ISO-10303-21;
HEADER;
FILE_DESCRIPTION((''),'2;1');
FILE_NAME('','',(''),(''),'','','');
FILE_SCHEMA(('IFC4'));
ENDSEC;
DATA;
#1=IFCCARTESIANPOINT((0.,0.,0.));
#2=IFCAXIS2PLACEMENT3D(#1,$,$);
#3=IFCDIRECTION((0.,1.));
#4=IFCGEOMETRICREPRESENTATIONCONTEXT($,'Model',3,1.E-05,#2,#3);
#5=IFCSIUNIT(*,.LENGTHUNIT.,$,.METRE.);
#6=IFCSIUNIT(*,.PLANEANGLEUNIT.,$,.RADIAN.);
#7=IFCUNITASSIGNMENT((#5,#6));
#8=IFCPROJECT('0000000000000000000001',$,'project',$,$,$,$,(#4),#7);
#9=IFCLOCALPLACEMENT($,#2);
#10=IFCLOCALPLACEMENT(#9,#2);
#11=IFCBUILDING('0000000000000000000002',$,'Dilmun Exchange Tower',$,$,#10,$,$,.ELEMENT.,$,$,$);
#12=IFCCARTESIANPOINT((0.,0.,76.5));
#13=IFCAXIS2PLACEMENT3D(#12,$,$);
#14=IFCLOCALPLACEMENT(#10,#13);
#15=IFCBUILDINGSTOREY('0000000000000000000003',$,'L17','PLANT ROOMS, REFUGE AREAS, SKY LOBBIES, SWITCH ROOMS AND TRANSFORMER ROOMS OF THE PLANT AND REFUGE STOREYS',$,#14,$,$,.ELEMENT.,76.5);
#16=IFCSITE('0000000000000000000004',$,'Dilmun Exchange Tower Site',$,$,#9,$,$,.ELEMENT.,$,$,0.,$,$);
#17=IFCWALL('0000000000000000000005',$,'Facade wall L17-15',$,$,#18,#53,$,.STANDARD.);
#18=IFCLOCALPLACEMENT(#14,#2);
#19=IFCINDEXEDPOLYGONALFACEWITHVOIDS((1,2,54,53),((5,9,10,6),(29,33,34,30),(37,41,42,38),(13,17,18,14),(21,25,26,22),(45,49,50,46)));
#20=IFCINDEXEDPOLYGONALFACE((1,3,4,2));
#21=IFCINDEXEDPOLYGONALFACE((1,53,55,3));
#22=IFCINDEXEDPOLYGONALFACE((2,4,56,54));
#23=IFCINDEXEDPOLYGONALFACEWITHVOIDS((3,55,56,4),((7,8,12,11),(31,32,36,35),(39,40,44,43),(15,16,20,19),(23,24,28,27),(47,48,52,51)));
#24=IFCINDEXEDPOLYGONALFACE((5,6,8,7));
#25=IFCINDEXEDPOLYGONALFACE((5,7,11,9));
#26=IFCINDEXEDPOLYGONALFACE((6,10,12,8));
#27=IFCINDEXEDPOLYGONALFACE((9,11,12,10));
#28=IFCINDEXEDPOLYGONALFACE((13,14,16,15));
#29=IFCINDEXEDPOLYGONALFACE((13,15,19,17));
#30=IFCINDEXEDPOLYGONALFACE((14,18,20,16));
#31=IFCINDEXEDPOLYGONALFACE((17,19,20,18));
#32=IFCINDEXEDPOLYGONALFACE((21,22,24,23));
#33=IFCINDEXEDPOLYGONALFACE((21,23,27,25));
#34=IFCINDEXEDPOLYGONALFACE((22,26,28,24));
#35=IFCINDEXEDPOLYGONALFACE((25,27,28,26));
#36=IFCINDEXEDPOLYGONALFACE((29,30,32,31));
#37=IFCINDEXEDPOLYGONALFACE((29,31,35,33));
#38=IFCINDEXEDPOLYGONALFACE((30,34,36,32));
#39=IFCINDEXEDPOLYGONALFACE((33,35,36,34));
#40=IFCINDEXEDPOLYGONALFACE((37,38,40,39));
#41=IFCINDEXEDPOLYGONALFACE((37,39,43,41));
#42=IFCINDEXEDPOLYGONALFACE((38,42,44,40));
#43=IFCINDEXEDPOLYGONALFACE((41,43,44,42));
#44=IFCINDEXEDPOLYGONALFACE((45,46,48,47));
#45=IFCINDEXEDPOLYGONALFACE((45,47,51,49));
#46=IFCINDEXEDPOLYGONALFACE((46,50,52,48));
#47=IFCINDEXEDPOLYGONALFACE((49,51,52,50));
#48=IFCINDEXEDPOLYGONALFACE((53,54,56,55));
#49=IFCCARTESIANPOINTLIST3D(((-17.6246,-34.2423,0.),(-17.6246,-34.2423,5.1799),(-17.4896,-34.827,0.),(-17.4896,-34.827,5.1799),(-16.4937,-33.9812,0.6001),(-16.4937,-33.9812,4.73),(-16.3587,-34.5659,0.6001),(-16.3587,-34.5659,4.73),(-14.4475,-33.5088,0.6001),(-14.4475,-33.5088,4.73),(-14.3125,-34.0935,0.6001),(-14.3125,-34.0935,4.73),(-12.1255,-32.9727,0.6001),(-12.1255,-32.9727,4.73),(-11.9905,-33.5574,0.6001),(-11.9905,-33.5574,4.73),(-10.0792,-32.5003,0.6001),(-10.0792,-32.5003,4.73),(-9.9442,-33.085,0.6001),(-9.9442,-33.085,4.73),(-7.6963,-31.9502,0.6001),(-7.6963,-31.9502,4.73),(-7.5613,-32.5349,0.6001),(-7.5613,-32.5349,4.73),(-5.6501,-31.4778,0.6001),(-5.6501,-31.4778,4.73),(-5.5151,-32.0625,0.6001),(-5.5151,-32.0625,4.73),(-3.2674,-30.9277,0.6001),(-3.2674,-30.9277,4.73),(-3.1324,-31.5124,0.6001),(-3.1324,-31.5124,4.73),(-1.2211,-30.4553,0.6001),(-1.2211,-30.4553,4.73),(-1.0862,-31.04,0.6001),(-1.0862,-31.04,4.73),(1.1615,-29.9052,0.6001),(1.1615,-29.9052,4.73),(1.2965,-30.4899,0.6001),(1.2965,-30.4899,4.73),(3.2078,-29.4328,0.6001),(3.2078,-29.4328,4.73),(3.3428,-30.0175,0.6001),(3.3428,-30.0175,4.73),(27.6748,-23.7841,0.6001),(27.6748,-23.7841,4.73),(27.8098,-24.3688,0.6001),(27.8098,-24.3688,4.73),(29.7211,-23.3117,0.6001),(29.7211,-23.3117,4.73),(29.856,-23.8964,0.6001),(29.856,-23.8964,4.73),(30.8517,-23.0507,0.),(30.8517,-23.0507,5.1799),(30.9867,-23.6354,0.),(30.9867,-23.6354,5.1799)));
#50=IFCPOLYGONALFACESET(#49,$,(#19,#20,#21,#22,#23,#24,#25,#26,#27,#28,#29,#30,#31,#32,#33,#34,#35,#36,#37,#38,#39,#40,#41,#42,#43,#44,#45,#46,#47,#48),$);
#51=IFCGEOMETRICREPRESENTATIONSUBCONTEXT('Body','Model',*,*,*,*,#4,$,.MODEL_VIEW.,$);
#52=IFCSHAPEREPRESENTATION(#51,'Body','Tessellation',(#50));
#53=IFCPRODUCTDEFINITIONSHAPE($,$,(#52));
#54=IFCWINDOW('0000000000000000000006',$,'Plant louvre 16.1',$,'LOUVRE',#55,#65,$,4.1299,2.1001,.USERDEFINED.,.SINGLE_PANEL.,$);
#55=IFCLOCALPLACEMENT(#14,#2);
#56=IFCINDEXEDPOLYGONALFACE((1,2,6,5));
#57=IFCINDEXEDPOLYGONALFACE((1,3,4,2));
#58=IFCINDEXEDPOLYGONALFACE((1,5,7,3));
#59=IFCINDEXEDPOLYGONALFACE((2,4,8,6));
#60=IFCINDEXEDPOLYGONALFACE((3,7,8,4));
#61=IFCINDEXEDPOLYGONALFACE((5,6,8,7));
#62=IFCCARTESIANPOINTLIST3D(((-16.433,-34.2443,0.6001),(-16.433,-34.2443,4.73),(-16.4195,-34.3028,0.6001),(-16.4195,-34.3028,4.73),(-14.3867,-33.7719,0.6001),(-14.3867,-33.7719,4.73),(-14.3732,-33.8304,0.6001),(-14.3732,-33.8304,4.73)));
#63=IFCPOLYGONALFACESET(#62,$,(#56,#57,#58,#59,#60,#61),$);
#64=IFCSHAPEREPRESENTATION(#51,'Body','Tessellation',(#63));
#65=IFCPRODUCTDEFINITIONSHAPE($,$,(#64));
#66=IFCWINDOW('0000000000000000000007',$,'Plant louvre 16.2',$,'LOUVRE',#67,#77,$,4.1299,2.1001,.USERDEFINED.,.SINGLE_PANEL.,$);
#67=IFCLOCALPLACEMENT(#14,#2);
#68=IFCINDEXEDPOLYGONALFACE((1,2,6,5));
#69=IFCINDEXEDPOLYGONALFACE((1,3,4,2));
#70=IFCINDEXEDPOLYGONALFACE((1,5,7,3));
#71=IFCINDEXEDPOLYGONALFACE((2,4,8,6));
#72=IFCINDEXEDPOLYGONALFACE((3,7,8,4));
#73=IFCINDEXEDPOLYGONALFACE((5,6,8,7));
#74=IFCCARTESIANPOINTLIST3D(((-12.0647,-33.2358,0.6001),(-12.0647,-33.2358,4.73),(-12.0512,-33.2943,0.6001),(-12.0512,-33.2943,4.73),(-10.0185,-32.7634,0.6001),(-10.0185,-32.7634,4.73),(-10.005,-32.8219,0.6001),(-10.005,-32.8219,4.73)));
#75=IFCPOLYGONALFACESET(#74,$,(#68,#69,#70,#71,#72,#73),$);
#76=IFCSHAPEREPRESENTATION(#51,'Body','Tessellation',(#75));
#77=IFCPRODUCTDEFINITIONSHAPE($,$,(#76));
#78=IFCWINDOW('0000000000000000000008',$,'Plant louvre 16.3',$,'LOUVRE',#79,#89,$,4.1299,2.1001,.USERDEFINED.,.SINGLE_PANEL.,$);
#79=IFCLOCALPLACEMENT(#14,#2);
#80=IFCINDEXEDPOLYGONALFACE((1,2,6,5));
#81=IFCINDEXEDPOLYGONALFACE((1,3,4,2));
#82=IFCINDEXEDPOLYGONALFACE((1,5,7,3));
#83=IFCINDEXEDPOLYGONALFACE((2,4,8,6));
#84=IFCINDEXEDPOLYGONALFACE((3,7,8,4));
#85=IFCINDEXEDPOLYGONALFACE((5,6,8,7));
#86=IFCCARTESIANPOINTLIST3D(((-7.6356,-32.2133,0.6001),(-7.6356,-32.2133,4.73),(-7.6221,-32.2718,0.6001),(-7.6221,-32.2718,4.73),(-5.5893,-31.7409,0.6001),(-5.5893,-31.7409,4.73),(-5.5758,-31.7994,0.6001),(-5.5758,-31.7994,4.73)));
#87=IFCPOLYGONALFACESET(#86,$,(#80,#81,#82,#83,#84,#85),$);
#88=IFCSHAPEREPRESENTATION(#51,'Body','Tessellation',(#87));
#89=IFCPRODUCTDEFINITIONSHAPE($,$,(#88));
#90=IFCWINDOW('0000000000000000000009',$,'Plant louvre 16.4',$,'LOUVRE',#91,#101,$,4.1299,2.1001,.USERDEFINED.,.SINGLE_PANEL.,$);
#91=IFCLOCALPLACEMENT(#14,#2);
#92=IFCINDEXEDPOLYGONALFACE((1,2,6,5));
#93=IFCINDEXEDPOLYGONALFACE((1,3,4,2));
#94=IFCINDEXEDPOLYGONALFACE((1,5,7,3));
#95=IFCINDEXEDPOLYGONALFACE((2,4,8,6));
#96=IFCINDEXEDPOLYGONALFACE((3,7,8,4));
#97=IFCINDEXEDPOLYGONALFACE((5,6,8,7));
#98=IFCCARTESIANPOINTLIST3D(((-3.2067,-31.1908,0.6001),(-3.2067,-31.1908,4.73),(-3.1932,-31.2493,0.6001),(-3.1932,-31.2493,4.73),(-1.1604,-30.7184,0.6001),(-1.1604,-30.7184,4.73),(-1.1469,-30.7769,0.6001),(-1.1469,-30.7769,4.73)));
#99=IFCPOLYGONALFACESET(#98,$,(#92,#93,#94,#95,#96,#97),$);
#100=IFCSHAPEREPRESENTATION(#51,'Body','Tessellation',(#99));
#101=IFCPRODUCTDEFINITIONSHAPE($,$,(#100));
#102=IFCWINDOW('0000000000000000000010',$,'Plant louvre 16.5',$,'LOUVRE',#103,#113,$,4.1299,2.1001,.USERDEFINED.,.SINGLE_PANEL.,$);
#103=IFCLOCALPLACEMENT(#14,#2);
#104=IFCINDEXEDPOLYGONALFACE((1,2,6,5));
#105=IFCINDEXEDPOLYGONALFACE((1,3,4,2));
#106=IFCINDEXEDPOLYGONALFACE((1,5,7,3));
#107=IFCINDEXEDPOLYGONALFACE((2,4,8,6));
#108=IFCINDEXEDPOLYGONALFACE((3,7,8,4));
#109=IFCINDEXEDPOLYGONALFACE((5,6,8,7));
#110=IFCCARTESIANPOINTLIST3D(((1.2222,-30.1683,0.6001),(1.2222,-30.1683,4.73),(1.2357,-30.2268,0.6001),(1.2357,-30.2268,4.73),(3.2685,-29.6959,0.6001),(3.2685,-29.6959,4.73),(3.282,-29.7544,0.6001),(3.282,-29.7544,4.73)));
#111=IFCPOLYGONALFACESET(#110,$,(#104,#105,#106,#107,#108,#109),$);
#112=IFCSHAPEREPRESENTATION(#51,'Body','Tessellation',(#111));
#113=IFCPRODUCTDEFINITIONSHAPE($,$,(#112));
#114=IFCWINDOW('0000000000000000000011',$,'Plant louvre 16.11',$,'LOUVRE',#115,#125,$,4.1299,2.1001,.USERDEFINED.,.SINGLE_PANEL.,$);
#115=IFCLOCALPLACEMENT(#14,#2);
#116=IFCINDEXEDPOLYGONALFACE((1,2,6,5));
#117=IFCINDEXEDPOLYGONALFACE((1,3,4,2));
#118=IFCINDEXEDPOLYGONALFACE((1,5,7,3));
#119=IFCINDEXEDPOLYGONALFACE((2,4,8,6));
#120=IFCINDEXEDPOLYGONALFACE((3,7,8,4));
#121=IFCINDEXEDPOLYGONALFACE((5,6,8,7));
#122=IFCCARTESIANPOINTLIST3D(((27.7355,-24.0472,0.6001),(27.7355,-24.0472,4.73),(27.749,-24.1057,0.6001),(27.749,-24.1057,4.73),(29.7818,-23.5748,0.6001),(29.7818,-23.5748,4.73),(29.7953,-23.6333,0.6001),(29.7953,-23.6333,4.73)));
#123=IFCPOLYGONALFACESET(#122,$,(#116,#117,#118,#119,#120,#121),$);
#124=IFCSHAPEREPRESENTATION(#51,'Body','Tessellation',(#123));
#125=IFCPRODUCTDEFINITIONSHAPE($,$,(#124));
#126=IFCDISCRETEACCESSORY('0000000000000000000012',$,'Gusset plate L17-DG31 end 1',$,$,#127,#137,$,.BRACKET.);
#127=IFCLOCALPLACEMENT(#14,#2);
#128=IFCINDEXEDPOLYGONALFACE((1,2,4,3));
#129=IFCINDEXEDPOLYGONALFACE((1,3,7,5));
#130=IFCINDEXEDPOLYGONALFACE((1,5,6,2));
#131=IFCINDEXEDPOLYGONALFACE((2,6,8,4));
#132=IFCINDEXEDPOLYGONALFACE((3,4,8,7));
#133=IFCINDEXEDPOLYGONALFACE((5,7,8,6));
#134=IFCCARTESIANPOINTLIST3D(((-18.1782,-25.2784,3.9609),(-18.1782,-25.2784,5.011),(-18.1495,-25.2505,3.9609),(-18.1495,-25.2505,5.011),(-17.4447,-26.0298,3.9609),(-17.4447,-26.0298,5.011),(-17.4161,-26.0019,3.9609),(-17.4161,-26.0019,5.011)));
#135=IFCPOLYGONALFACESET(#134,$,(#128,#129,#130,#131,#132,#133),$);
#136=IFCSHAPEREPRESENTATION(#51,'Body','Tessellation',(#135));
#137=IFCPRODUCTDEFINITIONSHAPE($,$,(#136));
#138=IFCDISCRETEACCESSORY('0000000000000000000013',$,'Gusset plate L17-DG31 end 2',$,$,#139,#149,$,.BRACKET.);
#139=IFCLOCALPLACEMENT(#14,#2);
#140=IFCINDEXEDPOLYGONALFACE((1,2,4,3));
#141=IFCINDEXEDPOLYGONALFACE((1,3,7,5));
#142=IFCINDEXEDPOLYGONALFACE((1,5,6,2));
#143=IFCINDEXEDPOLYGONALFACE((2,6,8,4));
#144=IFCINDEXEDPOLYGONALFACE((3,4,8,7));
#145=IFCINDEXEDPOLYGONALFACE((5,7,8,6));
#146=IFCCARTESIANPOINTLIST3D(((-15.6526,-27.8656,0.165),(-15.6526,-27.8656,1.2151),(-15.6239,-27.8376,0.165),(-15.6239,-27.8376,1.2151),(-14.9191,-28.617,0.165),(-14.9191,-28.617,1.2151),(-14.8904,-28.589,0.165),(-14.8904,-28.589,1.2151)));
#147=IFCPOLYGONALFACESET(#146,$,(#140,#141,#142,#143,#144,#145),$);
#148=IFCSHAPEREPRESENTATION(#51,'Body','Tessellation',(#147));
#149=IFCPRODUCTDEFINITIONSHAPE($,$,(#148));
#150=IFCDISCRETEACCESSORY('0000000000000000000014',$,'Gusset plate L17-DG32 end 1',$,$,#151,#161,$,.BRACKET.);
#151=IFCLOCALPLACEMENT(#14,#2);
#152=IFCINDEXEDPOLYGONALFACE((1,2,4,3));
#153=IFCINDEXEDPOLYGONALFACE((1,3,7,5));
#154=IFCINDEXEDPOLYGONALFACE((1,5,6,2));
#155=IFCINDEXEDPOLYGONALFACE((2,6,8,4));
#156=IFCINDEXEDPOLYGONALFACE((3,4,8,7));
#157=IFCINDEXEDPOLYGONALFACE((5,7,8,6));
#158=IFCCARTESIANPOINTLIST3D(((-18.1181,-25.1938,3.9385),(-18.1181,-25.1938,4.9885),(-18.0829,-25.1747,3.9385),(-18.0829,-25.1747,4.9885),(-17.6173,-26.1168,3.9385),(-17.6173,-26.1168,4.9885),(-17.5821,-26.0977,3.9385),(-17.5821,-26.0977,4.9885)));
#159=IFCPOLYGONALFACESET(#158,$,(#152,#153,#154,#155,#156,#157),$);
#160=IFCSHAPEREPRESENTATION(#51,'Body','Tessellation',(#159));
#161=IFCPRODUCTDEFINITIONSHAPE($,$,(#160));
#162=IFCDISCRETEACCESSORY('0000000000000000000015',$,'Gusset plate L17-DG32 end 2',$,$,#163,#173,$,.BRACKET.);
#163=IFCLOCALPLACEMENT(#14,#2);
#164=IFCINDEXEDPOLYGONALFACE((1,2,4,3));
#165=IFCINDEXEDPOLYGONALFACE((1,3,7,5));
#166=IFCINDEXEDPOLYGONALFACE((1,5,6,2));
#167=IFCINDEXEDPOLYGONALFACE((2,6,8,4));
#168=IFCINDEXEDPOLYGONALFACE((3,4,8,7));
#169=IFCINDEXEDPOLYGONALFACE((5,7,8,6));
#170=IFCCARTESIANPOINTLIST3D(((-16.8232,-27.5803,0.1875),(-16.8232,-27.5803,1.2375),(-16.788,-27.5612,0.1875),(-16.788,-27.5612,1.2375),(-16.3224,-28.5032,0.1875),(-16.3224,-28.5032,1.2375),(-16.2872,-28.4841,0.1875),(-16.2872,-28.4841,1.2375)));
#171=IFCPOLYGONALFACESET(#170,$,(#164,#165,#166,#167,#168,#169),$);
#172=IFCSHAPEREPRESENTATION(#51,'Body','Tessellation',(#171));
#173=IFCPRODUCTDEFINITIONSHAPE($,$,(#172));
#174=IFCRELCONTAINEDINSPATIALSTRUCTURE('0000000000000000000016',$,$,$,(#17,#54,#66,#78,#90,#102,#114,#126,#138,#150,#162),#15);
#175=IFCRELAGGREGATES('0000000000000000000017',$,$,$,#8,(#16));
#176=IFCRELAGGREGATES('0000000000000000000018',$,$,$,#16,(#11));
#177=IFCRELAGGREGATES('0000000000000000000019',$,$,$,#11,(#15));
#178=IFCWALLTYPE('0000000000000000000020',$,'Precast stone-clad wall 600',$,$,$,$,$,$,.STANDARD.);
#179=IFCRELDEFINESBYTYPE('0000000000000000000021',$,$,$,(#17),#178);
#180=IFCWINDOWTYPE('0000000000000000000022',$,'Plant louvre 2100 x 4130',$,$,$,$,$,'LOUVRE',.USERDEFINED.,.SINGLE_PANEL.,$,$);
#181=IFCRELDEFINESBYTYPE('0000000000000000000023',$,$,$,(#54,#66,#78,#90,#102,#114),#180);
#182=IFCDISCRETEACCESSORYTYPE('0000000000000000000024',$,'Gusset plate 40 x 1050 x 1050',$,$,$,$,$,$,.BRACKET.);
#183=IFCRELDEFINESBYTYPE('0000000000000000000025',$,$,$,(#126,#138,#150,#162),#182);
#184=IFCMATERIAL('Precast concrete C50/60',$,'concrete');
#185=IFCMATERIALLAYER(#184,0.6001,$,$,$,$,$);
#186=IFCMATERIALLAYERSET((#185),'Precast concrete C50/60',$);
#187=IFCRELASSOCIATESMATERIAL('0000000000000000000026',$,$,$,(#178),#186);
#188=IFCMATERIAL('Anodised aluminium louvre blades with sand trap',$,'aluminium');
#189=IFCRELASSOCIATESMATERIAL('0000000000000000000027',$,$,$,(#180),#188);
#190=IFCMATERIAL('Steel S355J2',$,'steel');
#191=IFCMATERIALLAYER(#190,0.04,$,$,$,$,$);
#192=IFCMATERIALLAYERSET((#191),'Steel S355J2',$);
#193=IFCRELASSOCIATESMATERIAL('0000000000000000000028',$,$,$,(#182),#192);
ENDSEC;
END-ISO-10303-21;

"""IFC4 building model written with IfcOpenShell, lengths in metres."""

from ifc_helpers import new_model, si_unit, direction, frame, frame_2d, origin, origin_2d, place, context, subcontext, project, spatial, rectangle, extrude, material, layer, layer_set, type_object, element, fill, save


model = new_model("IFC4")

# Units and contexts
model_context = context("Model", 3, precision=1e-05, world=origin(), true_north=direction((0.0, 1.0)))
body_context = subcontext(model_context, "Body", "Model", "MODEL_VIEW")
ifc_project = project(units=[si_unit("LENGTHUNIT", "METRE"), si_unit("PLANEANGLEUNIT", "RADIAN")], contexts=[model_context])

# Site, building, storey
site_placement = place(None, origin())
site = spatial("IfcSite", under=ifc_project, at=site_placement, Name="Dilmun Exchange Tower Site", CompositionType="ELEMENT", RefElevation=0.0)
building_placement = place(site_placement, origin())
building = spatial("IfcBuilding", under=site, at=building_placement, Name="Dilmun Exchange Tower", CompositionType="ELEMENT")
storey_placement = place(building_placement, frame((0.0, 0.0, 76.5)))
storey = spatial("IfcBuildingStorey", under=building, at=storey_placement, Name="L17", Description="PLANT ROOMS, REFUGE AREAS, SKY LOBBIES, SWITCH ROOMS AND TRANSFORMER ROOMS OF THE PLANT AND REFUGE STOREYS", CompositionType="ELEMENT", Elevation=76.5)

# Shared definitions
ifc_material_1 = material(Name="Precast concrete C50/60", Category="concrete")
ifc_layer_1 = layer(ifc_material_1, 0.6001)
ifc_layer_set_1 = layer_set([ifc_layer_1], Name="Precast concrete C50/60")
wall_type_1 = type_object("IfcWallType", Name="Precast stone-clad wall 600", PredefinedType="STANDARD", material=ifc_layer_set_1)

# Wall, openings, windows
wall_1_placement = place(storey_placement, frame((-17.5571, -34.5347, 0.0), z_axis=(0.0, 0.0, 1.0), x_axis=(0.97437, 0.224951, 0.0)))
wall_1 = element("IfcWall", 1, at=wall_1_placement, inside=storey, type_object=wall_type_1, Name="Facade wall L17-15", PredefinedType="STANDARD", context=body_context, shape_type="SweptSolid", body=[
    extrude(rectangle(XDim=49.7515, YDim=0.6001, at=frame_2d((24.8757, 0.0))), origin(), (0.0, 0.0, 1.0), 5.1799),
])
opening_1_placement = place(wall_1_placement, frame((1.1606, 0.0, 0.6001)))
opening_1 = element("IfcOpeningElement", 2, at=opening_1_placement, cuts=wall_1, PredefinedType="OPENING", context=body_context, shape_type="SweptSolid", body=[
    extrude(rectangle(XDim=2.1001, YDim=4.1299, at=frame_2d((1.05, 2.0649))), frame((0.0, 0.3101, 0.0), z_axis=(0.0, -1.0, 0.0), x_axis=(1.0, 0.0, 0.0)), (0.0, 0.0, 1.0), 0.6201),
])
opening_2_placement = place(wall_1_placement, frame((5.6438, 0.0, 0.6001)))
opening_2 = element("IfcOpeningElement", 3, at=opening_2_placement, cuts=wall_1, PredefinedType="OPENING", context=body_context, shape_type="SweptSolid", body=[
    extrude(rectangle(XDim=2.1001, YDim=4.1299, at=frame_2d((1.05, 2.0649))), frame((0.0, 0.3101, 0.0), z_axis=(0.0, -1.0, 0.0), x_axis=(1.0, 0.0, 0.0)), (0.0, 0.0, 1.0), 0.6201),
])
opening_3_placement = place(wall_1_placement, frame((10.1895, 0.0, 0.6001)))
opening_3 = element("IfcOpeningElement", 4, at=opening_3_placement, cuts=wall_1, PredefinedType="OPENING", context=body_context, shape_type="SweptSolid", body=[
    extrude(rectangle(XDim=2.1001, YDim=4.1299, at=frame_2d((1.05, 2.0649))), frame((0.0, 0.3101, 0.0), z_axis=(0.0, -1.0, 0.0), x_axis=(1.0, 0.0, 0.0)), (0.0, 0.0, 1.0), 0.6201),
])
opening_4_placement = place(wall_1_placement, frame((14.7349, 0.0, 0.6001)))
opening_4 = element("IfcOpeningElement", 5, at=opening_4_placement, cuts=wall_1, PredefinedType="OPENING", context=body_context, shape_type="SweptSolid", body=[
    extrude(rectangle(XDim=2.1001, YDim=4.1299, at=frame_2d((1.05, 2.0649))), frame((0.0, 0.3101, 0.0), z_axis=(0.0, -1.0, 0.0), x_axis=(1.0, 0.0, 0.0)), (0.0, 0.0, 1.0), 0.6201),
])
opening_5_placement = place(wall_1_placement, frame((19.2803, 0.0, 0.6001)))
opening_5 = element("IfcOpeningElement", 6, at=opening_5_placement, cuts=wall_1, PredefinedType="OPENING", context=body_context, shape_type="SweptSolid", body=[
    extrude(rectangle(XDim=2.1001, YDim=4.1299, at=frame_2d((1.05, 2.0649))), frame((0.0, 0.3101, 0.0), z_axis=(0.0, -1.0, 0.0), x_axis=(1.0, 0.0, 0.0)), (0.0, 0.0, 1.0), 0.6201),
])
opening_6_placement = place(wall_1_placement, frame((46.491, 0.0, 0.6001)))
opening_6 = element("IfcOpeningElement", 7, at=opening_6_placement, cuts=wall_1, PredefinedType="OPENING", context=body_context, shape_type="SweptSolid", body=[
    extrude(rectangle(XDim=2.1001, YDim=4.1299, at=frame_2d((1.05, 2.0649))), frame((0.0, 0.3101, 0.0), z_axis=(0.0, -1.0, 0.0), x_axis=(1.0, 0.0, 0.0)), (0.0, 0.0, 1.0), 0.6201),
])
ifc_material_2 = material(Name="Anodised aluminium louvre blades with sand trap", Category="aluminium")
window_type = type_object("IfcWindowType", Name="Plant louvre 2100 x 4130", ElementType="LOUVRE", PartitioningType="SINGLE_PANEL", PredefinedType="USERDEFINED", material=ifc_material_2)
window_1_placement = place(opening_1_placement, origin())
window_1 = element("IfcWindow", 8, at=window_1_placement, inside=storey, type_object=window_type, Name="Plant louvre 16.1", ObjectType="LOUVRE", OverallHeight=4.1299, OverallWidth=2.1001, PartitioningType="SINGLE_PANEL", PredefinedType="USERDEFINED", context=body_context, shape_type="SweptSolid", body=[
    extrude(rectangle(XDim=2.1001, YDim=4.1299, at=frame_2d((1.05, 2.0649))), frame((0.0, 0.03, 0.0), z_axis=(0.0, -1.0, 0.0), x_axis=(1.0, 0.0, 0.0)), (0.0, 0.0, 1.0), 0.0601),
])
fill(opening_1, window_1)
window_2_placement = place(opening_2_placement, origin())
window_2 = element("IfcWindow", 9, at=window_2_placement, inside=storey, type_object=window_type, Name="Plant louvre 16.2", ObjectType="LOUVRE", OverallHeight=4.1299, OverallWidth=2.1001, PartitioningType="SINGLE_PANEL", PredefinedType="USERDEFINED", context=body_context, shape_type="SweptSolid", body=[
    extrude(rectangle(XDim=2.1001, YDim=4.1299, at=frame_2d((1.05, 2.0649))), frame((0.0, 0.03, 0.0), z_axis=(0.0, -1.0, 0.0), x_axis=(1.0, 0.0, 0.0)), (0.0, 0.0, 1.0), 0.0601),
])
fill(opening_2, window_2)
window_3_placement = place(opening_3_placement, origin())
window_3 = element("IfcWindow", 10, at=window_3_placement, inside=storey, type_object=window_type, Name="Plant louvre 16.3", ObjectType="LOUVRE", OverallHeight=4.1299, OverallWidth=2.1001, PartitioningType="SINGLE_PANEL", PredefinedType="USERDEFINED", context=body_context, shape_type="SweptSolid", body=[
    extrude(rectangle(XDim=2.1001, YDim=4.1299, at=frame_2d((1.05, 2.0649))), frame((0.0, 0.03, 0.0), z_axis=(0.0, -1.0, 0.0), x_axis=(1.0, 0.0, 0.0)), (0.0, 0.0, 1.0), 0.0601),
])
fill(opening_3, window_3)
window_4_placement = place(opening_4_placement, origin())
window_4 = element("IfcWindow", 11, at=window_4_placement, inside=storey, type_object=window_type, Name="Plant louvre 16.4", ObjectType="LOUVRE", OverallHeight=4.1299, OverallWidth=2.1001, PartitioningType="SINGLE_PANEL", PredefinedType="USERDEFINED", context=body_context, shape_type="SweptSolid", body=[
    extrude(rectangle(XDim=2.1001, YDim=4.1299, at=frame_2d((1.05, 2.0649))), frame((0.0, 0.03, 0.0), z_axis=(0.0, -1.0, 0.0), x_axis=(1.0, 0.0, 0.0)), (0.0, 0.0, 1.0), 0.0601),
])
fill(opening_4, window_4)
window_5_placement = place(opening_5_placement, origin())
window_5 = element("IfcWindow", 12, at=window_5_placement, inside=storey, type_object=window_type, Name="Plant louvre 16.5", ObjectType="LOUVRE", OverallHeight=4.1299, OverallWidth=2.1001, PartitioningType="SINGLE_PANEL", PredefinedType="USERDEFINED", context=body_context, shape_type="SweptSolid", body=[
    extrude(rectangle(XDim=2.1001, YDim=4.1299, at=frame_2d((1.05, 2.0649))), frame((0.0, 0.03, 0.0), z_axis=(0.0, -1.0, 0.0), x_axis=(1.0, 0.0, 0.0)), (0.0, 0.0, 1.0), 0.0601),
])
fill(opening_5, window_5)
window_6_placement = place(opening_6_placement, origin())
window_6 = element("IfcWindow", 13, at=window_6_placement, inside=storey, type_object=window_type, Name="Plant louvre 16.11", ObjectType="LOUVRE", OverallHeight=4.1299, OverallWidth=2.1001, PartitioningType="SINGLE_PANEL", PredefinedType="USERDEFINED", context=body_context, shape_type="SweptSolid", body=[
    extrude(rectangle(XDim=2.1001, YDim=4.1299, at=frame_2d((1.05, 2.0649))), frame((0.0, 0.03, 0.0), z_axis=(0.0, -1.0, 0.0), x_axis=(1.0, 0.0, 0.0)), (0.0, 0.0, 1.0), 0.0601),
])
fill(opening_6, window_6)

# Discrete accessories
ifc_material_3 = material(Name="Steel S355J2", Category="steel")
ifc_layer_2 = layer(ifc_material_3, 0.04)
ifc_layer_set_2 = layer_set([ifc_layer_2], Name="Steel S355J2")
discrete_accessory_type = type_object("IfcDiscreteAccessoryType", Name="Gusset plate 40 x 1050 x 1050", PredefinedType="BRACKET", material=ifc_layer_set_2)
for number, where, z_axis, x_axis, name in (
    (14, (-17.7971, -25.6401, 3.9609), (0.0, 0.0, 1.0), (0.69852, -0.71559, 0.0), "Gusset plate L17-DG31 end 1"),
    (15, (-15.2715, -28.2273, 0.165), (0.0, 0.0, 1.0), (0.69852, -0.71559, 0.0), "Gusset plate L17-DG31 end 2"),
    (16, (-17.8501, -25.6458, 3.9385), (0.0, 0.0, 1.0), (0.476932, -0.87894, 0.0), "Gusset plate L17-DG32 end 1"),
    (17, (-16.5552, -28.0322, 0.1875), (0.0, 0.0, 1.0), (0.476932, -0.87894, 0.0), "Gusset plate L17-DG32 end 2"),
):
    element("IfcDiscreteAccessory", number, at=place(storey_placement, frame(where, z_axis=z_axis, x_axis=x_axis)), inside=storey, type_object=discrete_accessory_type, Name=name, PredefinedType="BRACKET", context=body_context, shape_type="SweptSolid", body=[
        extrude(rectangle(XDim=1.05, YDim=0.04, at=origin_2d()), origin(), (0.0, 0.0, 1.0), 1.05),
    ])

save(model, "model.ifc")
